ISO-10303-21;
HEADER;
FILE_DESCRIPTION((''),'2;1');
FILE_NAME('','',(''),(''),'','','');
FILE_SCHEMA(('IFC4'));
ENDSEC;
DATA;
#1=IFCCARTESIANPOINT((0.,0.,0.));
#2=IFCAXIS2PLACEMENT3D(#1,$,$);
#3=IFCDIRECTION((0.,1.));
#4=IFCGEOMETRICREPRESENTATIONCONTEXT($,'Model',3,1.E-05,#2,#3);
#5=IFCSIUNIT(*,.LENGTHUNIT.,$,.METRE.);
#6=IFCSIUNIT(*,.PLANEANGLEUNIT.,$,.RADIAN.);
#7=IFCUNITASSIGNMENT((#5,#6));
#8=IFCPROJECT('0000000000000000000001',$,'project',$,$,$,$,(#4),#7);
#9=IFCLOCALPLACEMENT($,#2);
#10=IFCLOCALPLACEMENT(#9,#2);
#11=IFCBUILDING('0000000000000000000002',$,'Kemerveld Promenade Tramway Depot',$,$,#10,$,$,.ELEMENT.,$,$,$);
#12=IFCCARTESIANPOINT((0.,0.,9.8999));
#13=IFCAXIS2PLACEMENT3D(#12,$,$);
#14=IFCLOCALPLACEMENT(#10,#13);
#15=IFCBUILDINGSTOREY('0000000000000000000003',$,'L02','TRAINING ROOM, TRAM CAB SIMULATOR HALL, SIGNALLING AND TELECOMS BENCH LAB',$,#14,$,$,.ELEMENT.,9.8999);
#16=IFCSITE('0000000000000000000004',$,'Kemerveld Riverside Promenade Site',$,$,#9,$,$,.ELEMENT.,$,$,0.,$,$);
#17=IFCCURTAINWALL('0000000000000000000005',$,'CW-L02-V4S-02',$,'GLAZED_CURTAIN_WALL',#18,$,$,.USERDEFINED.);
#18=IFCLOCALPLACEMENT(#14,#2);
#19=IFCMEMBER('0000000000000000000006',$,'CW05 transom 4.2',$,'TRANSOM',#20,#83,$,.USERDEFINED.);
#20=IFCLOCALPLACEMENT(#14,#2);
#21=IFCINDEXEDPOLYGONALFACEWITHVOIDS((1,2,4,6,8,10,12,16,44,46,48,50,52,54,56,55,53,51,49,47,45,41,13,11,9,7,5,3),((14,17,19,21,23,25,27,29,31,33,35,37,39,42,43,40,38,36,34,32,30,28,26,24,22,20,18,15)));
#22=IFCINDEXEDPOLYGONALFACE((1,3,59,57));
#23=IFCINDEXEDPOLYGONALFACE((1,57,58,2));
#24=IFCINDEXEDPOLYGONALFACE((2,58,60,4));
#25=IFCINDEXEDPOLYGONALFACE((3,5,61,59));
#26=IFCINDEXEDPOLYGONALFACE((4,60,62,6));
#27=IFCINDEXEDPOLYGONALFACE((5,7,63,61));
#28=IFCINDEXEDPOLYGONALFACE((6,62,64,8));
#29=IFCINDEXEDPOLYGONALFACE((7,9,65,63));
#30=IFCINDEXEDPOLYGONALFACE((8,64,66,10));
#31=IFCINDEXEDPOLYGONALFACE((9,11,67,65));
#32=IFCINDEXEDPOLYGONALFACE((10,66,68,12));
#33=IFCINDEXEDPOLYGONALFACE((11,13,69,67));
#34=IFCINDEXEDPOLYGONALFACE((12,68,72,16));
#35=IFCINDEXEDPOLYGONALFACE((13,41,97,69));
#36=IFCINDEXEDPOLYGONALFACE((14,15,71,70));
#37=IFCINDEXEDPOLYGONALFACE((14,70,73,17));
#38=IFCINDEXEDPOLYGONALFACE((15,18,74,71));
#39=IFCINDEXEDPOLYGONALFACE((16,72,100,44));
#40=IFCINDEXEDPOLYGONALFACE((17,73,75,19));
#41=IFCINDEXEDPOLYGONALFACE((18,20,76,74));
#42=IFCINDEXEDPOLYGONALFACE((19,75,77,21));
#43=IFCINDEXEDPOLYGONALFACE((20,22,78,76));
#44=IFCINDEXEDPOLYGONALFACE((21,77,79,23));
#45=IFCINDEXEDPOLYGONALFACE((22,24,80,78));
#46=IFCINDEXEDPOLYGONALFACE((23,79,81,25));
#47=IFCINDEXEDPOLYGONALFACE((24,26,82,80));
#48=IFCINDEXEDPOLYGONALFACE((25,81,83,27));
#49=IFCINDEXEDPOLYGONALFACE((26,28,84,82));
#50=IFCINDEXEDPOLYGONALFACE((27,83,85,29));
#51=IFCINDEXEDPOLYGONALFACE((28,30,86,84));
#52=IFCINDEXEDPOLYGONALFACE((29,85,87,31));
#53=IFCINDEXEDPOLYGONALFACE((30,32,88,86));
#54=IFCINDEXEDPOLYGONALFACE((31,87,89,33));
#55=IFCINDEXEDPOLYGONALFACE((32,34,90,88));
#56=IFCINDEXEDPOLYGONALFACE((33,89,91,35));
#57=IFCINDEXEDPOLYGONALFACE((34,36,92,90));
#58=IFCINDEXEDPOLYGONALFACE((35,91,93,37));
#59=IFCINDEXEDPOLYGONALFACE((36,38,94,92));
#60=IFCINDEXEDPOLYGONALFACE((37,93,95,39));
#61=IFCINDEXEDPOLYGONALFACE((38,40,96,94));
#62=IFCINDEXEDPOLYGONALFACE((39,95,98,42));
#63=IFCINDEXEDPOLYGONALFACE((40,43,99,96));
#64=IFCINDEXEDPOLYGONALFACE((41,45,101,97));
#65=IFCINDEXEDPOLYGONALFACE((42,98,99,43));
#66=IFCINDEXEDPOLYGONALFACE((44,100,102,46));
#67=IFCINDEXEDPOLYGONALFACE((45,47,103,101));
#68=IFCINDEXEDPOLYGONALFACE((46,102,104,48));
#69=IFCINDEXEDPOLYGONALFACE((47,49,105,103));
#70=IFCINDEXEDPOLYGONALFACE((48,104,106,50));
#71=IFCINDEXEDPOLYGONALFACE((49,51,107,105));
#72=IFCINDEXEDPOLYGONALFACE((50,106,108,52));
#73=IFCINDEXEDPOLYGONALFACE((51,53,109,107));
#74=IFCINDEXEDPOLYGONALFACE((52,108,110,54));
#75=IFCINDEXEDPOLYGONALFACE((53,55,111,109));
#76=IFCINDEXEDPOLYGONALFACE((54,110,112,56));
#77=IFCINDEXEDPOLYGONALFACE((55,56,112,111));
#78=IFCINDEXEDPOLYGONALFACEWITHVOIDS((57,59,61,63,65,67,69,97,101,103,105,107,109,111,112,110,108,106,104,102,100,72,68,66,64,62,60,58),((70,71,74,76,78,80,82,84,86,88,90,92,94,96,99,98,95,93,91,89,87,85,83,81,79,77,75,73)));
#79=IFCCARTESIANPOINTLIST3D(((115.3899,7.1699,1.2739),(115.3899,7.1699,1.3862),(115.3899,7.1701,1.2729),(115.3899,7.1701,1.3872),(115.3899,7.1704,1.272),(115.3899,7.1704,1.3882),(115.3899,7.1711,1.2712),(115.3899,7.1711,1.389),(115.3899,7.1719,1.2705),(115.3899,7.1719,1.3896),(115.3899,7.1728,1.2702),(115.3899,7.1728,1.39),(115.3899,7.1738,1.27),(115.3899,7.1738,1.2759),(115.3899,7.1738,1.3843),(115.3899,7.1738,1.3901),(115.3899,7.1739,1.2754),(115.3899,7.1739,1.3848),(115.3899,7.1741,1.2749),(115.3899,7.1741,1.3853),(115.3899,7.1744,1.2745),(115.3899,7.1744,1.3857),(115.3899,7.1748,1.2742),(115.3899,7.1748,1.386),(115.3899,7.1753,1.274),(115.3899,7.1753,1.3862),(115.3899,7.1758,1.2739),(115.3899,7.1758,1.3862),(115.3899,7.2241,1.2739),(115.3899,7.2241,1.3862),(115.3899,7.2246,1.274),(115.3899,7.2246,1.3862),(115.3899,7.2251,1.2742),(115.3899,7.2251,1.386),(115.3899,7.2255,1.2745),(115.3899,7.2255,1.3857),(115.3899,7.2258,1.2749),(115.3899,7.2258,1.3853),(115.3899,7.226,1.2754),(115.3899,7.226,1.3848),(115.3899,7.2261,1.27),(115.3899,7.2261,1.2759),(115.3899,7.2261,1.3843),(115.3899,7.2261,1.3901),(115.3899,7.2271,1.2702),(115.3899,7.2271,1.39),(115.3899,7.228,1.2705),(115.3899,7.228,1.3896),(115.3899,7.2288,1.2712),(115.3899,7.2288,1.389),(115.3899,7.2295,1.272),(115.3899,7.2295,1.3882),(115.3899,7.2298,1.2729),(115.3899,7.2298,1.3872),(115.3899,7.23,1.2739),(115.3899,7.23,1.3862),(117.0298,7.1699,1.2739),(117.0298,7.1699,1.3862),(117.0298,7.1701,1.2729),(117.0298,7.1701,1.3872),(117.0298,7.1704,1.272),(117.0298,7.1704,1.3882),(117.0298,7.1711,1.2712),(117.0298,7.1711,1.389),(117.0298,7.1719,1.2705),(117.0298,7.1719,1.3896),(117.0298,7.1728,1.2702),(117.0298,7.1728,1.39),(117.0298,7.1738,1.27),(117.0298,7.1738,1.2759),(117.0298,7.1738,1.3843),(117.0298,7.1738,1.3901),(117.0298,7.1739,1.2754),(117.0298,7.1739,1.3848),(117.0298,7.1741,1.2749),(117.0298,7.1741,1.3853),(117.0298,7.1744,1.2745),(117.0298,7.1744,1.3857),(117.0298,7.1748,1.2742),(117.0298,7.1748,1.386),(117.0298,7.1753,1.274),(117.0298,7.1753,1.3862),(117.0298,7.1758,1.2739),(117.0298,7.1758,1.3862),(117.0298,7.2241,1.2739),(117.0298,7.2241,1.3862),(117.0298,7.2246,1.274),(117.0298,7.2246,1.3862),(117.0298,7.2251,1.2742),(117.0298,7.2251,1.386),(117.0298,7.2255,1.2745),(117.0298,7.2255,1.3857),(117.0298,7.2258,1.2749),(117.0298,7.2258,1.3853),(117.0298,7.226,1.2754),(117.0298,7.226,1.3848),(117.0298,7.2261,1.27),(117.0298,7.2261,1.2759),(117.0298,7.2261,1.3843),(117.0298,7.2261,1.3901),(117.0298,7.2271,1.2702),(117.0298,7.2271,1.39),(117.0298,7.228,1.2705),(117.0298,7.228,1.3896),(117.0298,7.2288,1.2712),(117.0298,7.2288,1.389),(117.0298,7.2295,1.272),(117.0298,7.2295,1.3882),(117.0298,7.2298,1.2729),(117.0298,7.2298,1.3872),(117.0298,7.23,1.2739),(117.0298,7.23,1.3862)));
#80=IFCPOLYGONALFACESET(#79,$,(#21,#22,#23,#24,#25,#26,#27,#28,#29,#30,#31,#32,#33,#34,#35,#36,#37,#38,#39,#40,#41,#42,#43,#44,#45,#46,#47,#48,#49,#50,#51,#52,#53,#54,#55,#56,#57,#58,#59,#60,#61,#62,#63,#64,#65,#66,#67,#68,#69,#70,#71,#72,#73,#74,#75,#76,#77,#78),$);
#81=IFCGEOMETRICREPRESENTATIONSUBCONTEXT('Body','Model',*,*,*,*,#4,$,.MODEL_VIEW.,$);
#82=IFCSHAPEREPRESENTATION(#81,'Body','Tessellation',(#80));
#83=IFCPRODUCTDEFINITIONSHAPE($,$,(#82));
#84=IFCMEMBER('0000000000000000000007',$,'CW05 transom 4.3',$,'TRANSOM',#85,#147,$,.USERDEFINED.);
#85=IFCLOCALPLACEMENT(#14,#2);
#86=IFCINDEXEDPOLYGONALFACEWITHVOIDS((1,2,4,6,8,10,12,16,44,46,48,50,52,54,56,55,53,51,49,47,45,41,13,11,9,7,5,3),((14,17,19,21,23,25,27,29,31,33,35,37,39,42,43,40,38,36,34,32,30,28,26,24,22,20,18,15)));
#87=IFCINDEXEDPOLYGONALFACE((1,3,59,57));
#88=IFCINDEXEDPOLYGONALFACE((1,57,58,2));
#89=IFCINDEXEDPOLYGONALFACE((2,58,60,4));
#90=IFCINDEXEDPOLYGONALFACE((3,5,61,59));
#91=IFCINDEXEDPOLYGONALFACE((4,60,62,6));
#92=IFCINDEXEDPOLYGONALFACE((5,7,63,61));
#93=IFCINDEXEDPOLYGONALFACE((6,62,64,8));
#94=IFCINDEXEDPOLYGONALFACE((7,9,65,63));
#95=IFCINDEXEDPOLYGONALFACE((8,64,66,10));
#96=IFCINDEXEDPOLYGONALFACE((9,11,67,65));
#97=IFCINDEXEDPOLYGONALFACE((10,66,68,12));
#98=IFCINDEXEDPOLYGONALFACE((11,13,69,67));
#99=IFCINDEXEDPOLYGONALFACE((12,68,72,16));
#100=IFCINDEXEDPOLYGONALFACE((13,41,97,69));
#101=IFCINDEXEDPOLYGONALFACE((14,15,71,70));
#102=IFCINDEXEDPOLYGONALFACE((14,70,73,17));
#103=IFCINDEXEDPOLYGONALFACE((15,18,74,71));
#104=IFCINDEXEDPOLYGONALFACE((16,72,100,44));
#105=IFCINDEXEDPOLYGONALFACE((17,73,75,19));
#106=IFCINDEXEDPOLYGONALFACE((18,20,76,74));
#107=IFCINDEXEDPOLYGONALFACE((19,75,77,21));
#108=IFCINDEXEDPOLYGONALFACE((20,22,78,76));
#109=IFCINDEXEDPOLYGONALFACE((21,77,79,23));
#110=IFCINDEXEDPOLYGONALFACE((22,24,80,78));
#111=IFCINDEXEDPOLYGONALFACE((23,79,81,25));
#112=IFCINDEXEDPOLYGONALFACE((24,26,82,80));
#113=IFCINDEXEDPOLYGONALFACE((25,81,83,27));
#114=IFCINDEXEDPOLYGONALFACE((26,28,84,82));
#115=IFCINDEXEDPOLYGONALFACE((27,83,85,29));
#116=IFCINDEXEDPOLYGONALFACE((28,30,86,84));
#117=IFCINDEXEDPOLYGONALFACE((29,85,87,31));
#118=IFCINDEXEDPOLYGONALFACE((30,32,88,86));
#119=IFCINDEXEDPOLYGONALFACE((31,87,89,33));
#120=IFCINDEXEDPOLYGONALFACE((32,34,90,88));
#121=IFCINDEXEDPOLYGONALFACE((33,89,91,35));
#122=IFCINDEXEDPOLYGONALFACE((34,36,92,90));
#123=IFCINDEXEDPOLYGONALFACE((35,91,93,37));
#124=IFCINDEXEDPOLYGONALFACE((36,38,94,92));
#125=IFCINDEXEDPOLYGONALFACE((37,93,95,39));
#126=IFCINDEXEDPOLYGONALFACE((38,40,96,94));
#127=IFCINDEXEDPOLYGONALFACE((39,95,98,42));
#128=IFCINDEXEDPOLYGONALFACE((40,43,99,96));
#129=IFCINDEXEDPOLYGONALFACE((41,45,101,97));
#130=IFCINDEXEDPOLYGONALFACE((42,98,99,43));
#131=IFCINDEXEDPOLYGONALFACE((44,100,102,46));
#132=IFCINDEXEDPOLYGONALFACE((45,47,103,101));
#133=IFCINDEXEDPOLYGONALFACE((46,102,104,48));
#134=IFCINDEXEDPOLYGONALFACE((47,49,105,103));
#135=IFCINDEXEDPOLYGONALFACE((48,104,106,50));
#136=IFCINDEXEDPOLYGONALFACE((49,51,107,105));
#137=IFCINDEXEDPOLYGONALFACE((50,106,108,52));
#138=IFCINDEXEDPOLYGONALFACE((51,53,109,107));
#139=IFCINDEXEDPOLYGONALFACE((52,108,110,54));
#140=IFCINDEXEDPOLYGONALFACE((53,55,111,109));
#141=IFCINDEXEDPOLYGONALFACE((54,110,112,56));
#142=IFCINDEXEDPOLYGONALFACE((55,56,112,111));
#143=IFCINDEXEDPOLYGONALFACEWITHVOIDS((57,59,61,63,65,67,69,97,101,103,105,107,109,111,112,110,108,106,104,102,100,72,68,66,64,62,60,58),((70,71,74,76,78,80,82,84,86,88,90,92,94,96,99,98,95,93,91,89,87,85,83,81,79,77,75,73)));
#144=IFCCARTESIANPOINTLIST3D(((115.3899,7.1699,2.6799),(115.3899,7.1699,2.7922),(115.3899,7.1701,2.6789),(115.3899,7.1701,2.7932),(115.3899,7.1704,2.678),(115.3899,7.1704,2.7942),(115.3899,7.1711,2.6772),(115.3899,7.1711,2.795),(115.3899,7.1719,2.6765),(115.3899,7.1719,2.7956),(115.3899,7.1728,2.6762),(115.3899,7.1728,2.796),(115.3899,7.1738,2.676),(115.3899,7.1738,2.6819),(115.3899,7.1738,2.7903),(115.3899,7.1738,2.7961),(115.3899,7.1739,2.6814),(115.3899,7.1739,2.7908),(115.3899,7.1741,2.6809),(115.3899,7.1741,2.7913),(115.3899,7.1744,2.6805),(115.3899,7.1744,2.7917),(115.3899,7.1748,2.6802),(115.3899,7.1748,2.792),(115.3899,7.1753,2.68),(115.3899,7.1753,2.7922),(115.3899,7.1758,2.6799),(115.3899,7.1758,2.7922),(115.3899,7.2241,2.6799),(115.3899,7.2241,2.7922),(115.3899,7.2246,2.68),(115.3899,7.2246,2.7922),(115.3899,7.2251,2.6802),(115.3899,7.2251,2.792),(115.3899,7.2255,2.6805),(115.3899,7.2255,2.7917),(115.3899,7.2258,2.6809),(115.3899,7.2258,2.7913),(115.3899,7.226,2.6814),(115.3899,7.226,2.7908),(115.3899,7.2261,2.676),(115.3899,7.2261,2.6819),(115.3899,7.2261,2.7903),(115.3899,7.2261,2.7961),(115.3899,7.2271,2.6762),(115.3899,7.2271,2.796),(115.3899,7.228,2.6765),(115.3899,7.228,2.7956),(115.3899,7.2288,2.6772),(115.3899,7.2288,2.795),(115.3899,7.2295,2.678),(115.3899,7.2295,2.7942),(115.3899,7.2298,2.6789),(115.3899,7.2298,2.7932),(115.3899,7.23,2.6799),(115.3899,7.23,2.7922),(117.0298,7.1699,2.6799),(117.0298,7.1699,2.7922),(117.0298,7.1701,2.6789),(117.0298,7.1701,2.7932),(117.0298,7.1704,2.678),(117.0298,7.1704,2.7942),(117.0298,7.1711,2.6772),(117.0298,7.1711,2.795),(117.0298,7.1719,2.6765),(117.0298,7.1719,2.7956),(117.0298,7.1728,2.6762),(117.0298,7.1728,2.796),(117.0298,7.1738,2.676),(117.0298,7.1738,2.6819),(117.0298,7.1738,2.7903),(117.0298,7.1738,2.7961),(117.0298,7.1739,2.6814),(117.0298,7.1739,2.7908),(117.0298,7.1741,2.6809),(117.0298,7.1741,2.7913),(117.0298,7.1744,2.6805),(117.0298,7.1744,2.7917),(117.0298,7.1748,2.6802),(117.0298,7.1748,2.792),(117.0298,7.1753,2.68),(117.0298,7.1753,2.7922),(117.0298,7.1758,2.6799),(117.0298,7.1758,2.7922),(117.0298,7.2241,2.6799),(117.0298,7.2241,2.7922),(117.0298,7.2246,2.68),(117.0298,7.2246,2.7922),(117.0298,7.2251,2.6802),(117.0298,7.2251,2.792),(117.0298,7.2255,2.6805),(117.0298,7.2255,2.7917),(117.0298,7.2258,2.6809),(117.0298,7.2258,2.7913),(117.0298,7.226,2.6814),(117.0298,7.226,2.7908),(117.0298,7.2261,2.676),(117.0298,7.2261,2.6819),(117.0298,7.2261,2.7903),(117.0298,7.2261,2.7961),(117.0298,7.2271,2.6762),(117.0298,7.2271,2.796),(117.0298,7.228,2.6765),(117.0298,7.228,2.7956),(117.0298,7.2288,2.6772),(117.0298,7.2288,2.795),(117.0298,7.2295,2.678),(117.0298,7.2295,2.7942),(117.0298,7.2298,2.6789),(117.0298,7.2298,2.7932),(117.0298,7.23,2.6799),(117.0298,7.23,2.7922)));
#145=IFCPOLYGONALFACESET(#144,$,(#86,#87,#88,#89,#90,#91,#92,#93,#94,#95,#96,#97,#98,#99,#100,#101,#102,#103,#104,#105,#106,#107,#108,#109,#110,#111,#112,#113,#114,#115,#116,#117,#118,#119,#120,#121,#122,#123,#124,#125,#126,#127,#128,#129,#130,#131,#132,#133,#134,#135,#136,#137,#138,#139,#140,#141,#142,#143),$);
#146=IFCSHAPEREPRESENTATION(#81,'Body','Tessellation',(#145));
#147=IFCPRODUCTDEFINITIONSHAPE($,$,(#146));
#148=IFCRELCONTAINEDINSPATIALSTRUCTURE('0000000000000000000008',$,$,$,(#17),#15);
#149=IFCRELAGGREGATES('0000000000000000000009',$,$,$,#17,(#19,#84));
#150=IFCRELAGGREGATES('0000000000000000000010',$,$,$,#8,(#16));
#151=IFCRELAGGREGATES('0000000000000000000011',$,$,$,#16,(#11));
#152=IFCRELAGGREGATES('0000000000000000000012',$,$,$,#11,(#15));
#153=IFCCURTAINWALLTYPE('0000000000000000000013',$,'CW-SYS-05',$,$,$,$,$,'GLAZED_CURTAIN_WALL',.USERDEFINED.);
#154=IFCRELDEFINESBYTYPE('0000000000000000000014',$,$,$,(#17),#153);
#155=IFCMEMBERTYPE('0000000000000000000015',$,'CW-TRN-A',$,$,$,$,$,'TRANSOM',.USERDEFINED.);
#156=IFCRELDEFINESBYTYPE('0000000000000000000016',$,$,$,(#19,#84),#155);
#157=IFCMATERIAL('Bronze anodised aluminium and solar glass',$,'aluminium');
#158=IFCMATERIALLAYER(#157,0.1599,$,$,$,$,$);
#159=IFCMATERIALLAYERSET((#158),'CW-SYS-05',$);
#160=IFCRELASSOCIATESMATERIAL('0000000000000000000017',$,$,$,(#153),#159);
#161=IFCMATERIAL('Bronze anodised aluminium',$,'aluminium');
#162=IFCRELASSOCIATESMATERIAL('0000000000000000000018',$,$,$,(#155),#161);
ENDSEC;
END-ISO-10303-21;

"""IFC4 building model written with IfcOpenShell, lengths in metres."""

from ifc_helpers import new_model, si_unit, direction, frame, origin, origin_2d, place, context, subcontext, project, spatial, hollow_rectangle, extrude, material, layer, layer_set, material_profile, profile_set, type_object, element, aggregate, save


model = new_model("IFC4")

# Units and contexts
model_context = context("Model", 3, precision=1e-05, world=origin(), true_north=direction((0.0, 1.0)))
body_context = subcontext(model_context, "Body", "Model", "MODEL_VIEW")
ifc_project = project(units=[si_unit("LENGTHUNIT", "METRE"), si_unit("PLANEANGLEUNIT", "RADIAN")], contexts=[model_context])

# Site, building, storey
site_placement = place(None, origin())
site = spatial("IfcSite", under=ifc_project, at=site_placement, Name="Kemerveld Riverside Promenade Site", CompositionType="ELEMENT", RefElevation=0.0)
building_placement = place(site_placement, origin())
building = spatial("IfcBuilding", under=site, at=building_placement, Name="Kemerveld Promenade Tramway Depot", CompositionType="ELEMENT")
storey_placement = place(building_placement, frame((0.0, 0.0, 9.8999)))
storey = spatial("IfcBuildingStorey", under=building, at=storey_placement, Name="L02", Description="TRAINING ROOM, TRAM CAB SIMULATOR HALL, SIGNALLING AND TELECOMS BENCH LAB", CompositionType="ELEMENT", Elevation=9.8999)

# Curtain wall
ifc_material_1 = material(Name="Bronze anodised aluminium and solar glass", Category="aluminium")
ifc_layer_1 = layer(ifc_material_1, 0.1599)
ifc_layer_set_1 = layer_set([ifc_layer_1], Name="CW-SYS-05")
curtain_wall_type_1 = type_object("IfcCurtainWallType", Name="CW-SYS-05", ElementType="GLAZED_CURTAIN_WALL", PredefinedType="USERDEFINED", material=ifc_layer_set_1)
curtain_wall_1_placement = place(storey_placement, origin())
curtain_wall_1 = element("IfcCurtainWall", 1, at=curtain_wall_1_placement, inside=storey, type_object=curtain_wall_type_1, Name="CW-L02-V4S-02", ObjectType="GLAZED_CURTAIN_WALL", PredefinedType="USERDEFINED")
ifc_material_2 = material(Name="Bronze anodised aluminium", Category="aluminium")

# Members
ifc_material_profile_1 = material_profile(ifc_material_2, hollow_rectangle(XDim=0.0601, YDim=0.1201, WallThickness=0.0039, InnerFilletRadius=0.002, OuterFilletRadius=0.0039, at=origin_2d()), Name="CW-TRN-120x60")
ifc_profile_set_1 = profile_set([ifc_material_profile_1], Name="Bronze anodised aluminium")
member_type_1 = type_object("IfcMemberType", Name="CW-TRN-A", ElementType="TRANSOM", PredefinedType="USERDEFINED", material=ifc_profile_set_1)
member_1_placement = place(storey_placement, frame((117.0298, 7.2, 1.3301), z_axis=(-1.0, 0.0, 0.0), x_axis=(0.0, -1.0, 0.0)))
member_1 = element("IfcMember", 2, at=member_1_placement, type_object=member_type_1, Name="CW05 transom 4.2", ObjectType="TRANSOM", PredefinedType="USERDEFINED", context=body_context, shape_type="SweptSolid", body=[
    extrude(hollow_rectangle(XDim=0.0601, YDim=0.1201, WallThickness=0.0039, InnerFilletRadius=0.002, OuterFilletRadius=0.0039, at=origin_2d()), origin(), (0.0, 0.0, 1.0), 1.6399),
])
member_2_placement = place(storey_placement, frame((117.0298, 7.2, 2.7361), z_axis=(-1.0, 0.0, 0.0), x_axis=(0.0, -1.0, 0.0)))
member_2 = element("IfcMember", 3, at=member_2_placement, type_object=member_type_1, Name="CW05 transom 4.3", ObjectType="TRANSOM", PredefinedType="USERDEFINED", context=body_context, shape_type="SweptSolid", body=[
    extrude(hollow_rectangle(XDim=0.0601, YDim=0.1201, WallThickness=0.0039, InnerFilletRadius=0.002, OuterFilletRadius=0.0039, at=origin_2d()), origin(), (0.0, 0.0, 1.0), 1.6399),
])

aggregate(curtain_wall_1, [member_1, member_2])

save(model, "model.ifc")
